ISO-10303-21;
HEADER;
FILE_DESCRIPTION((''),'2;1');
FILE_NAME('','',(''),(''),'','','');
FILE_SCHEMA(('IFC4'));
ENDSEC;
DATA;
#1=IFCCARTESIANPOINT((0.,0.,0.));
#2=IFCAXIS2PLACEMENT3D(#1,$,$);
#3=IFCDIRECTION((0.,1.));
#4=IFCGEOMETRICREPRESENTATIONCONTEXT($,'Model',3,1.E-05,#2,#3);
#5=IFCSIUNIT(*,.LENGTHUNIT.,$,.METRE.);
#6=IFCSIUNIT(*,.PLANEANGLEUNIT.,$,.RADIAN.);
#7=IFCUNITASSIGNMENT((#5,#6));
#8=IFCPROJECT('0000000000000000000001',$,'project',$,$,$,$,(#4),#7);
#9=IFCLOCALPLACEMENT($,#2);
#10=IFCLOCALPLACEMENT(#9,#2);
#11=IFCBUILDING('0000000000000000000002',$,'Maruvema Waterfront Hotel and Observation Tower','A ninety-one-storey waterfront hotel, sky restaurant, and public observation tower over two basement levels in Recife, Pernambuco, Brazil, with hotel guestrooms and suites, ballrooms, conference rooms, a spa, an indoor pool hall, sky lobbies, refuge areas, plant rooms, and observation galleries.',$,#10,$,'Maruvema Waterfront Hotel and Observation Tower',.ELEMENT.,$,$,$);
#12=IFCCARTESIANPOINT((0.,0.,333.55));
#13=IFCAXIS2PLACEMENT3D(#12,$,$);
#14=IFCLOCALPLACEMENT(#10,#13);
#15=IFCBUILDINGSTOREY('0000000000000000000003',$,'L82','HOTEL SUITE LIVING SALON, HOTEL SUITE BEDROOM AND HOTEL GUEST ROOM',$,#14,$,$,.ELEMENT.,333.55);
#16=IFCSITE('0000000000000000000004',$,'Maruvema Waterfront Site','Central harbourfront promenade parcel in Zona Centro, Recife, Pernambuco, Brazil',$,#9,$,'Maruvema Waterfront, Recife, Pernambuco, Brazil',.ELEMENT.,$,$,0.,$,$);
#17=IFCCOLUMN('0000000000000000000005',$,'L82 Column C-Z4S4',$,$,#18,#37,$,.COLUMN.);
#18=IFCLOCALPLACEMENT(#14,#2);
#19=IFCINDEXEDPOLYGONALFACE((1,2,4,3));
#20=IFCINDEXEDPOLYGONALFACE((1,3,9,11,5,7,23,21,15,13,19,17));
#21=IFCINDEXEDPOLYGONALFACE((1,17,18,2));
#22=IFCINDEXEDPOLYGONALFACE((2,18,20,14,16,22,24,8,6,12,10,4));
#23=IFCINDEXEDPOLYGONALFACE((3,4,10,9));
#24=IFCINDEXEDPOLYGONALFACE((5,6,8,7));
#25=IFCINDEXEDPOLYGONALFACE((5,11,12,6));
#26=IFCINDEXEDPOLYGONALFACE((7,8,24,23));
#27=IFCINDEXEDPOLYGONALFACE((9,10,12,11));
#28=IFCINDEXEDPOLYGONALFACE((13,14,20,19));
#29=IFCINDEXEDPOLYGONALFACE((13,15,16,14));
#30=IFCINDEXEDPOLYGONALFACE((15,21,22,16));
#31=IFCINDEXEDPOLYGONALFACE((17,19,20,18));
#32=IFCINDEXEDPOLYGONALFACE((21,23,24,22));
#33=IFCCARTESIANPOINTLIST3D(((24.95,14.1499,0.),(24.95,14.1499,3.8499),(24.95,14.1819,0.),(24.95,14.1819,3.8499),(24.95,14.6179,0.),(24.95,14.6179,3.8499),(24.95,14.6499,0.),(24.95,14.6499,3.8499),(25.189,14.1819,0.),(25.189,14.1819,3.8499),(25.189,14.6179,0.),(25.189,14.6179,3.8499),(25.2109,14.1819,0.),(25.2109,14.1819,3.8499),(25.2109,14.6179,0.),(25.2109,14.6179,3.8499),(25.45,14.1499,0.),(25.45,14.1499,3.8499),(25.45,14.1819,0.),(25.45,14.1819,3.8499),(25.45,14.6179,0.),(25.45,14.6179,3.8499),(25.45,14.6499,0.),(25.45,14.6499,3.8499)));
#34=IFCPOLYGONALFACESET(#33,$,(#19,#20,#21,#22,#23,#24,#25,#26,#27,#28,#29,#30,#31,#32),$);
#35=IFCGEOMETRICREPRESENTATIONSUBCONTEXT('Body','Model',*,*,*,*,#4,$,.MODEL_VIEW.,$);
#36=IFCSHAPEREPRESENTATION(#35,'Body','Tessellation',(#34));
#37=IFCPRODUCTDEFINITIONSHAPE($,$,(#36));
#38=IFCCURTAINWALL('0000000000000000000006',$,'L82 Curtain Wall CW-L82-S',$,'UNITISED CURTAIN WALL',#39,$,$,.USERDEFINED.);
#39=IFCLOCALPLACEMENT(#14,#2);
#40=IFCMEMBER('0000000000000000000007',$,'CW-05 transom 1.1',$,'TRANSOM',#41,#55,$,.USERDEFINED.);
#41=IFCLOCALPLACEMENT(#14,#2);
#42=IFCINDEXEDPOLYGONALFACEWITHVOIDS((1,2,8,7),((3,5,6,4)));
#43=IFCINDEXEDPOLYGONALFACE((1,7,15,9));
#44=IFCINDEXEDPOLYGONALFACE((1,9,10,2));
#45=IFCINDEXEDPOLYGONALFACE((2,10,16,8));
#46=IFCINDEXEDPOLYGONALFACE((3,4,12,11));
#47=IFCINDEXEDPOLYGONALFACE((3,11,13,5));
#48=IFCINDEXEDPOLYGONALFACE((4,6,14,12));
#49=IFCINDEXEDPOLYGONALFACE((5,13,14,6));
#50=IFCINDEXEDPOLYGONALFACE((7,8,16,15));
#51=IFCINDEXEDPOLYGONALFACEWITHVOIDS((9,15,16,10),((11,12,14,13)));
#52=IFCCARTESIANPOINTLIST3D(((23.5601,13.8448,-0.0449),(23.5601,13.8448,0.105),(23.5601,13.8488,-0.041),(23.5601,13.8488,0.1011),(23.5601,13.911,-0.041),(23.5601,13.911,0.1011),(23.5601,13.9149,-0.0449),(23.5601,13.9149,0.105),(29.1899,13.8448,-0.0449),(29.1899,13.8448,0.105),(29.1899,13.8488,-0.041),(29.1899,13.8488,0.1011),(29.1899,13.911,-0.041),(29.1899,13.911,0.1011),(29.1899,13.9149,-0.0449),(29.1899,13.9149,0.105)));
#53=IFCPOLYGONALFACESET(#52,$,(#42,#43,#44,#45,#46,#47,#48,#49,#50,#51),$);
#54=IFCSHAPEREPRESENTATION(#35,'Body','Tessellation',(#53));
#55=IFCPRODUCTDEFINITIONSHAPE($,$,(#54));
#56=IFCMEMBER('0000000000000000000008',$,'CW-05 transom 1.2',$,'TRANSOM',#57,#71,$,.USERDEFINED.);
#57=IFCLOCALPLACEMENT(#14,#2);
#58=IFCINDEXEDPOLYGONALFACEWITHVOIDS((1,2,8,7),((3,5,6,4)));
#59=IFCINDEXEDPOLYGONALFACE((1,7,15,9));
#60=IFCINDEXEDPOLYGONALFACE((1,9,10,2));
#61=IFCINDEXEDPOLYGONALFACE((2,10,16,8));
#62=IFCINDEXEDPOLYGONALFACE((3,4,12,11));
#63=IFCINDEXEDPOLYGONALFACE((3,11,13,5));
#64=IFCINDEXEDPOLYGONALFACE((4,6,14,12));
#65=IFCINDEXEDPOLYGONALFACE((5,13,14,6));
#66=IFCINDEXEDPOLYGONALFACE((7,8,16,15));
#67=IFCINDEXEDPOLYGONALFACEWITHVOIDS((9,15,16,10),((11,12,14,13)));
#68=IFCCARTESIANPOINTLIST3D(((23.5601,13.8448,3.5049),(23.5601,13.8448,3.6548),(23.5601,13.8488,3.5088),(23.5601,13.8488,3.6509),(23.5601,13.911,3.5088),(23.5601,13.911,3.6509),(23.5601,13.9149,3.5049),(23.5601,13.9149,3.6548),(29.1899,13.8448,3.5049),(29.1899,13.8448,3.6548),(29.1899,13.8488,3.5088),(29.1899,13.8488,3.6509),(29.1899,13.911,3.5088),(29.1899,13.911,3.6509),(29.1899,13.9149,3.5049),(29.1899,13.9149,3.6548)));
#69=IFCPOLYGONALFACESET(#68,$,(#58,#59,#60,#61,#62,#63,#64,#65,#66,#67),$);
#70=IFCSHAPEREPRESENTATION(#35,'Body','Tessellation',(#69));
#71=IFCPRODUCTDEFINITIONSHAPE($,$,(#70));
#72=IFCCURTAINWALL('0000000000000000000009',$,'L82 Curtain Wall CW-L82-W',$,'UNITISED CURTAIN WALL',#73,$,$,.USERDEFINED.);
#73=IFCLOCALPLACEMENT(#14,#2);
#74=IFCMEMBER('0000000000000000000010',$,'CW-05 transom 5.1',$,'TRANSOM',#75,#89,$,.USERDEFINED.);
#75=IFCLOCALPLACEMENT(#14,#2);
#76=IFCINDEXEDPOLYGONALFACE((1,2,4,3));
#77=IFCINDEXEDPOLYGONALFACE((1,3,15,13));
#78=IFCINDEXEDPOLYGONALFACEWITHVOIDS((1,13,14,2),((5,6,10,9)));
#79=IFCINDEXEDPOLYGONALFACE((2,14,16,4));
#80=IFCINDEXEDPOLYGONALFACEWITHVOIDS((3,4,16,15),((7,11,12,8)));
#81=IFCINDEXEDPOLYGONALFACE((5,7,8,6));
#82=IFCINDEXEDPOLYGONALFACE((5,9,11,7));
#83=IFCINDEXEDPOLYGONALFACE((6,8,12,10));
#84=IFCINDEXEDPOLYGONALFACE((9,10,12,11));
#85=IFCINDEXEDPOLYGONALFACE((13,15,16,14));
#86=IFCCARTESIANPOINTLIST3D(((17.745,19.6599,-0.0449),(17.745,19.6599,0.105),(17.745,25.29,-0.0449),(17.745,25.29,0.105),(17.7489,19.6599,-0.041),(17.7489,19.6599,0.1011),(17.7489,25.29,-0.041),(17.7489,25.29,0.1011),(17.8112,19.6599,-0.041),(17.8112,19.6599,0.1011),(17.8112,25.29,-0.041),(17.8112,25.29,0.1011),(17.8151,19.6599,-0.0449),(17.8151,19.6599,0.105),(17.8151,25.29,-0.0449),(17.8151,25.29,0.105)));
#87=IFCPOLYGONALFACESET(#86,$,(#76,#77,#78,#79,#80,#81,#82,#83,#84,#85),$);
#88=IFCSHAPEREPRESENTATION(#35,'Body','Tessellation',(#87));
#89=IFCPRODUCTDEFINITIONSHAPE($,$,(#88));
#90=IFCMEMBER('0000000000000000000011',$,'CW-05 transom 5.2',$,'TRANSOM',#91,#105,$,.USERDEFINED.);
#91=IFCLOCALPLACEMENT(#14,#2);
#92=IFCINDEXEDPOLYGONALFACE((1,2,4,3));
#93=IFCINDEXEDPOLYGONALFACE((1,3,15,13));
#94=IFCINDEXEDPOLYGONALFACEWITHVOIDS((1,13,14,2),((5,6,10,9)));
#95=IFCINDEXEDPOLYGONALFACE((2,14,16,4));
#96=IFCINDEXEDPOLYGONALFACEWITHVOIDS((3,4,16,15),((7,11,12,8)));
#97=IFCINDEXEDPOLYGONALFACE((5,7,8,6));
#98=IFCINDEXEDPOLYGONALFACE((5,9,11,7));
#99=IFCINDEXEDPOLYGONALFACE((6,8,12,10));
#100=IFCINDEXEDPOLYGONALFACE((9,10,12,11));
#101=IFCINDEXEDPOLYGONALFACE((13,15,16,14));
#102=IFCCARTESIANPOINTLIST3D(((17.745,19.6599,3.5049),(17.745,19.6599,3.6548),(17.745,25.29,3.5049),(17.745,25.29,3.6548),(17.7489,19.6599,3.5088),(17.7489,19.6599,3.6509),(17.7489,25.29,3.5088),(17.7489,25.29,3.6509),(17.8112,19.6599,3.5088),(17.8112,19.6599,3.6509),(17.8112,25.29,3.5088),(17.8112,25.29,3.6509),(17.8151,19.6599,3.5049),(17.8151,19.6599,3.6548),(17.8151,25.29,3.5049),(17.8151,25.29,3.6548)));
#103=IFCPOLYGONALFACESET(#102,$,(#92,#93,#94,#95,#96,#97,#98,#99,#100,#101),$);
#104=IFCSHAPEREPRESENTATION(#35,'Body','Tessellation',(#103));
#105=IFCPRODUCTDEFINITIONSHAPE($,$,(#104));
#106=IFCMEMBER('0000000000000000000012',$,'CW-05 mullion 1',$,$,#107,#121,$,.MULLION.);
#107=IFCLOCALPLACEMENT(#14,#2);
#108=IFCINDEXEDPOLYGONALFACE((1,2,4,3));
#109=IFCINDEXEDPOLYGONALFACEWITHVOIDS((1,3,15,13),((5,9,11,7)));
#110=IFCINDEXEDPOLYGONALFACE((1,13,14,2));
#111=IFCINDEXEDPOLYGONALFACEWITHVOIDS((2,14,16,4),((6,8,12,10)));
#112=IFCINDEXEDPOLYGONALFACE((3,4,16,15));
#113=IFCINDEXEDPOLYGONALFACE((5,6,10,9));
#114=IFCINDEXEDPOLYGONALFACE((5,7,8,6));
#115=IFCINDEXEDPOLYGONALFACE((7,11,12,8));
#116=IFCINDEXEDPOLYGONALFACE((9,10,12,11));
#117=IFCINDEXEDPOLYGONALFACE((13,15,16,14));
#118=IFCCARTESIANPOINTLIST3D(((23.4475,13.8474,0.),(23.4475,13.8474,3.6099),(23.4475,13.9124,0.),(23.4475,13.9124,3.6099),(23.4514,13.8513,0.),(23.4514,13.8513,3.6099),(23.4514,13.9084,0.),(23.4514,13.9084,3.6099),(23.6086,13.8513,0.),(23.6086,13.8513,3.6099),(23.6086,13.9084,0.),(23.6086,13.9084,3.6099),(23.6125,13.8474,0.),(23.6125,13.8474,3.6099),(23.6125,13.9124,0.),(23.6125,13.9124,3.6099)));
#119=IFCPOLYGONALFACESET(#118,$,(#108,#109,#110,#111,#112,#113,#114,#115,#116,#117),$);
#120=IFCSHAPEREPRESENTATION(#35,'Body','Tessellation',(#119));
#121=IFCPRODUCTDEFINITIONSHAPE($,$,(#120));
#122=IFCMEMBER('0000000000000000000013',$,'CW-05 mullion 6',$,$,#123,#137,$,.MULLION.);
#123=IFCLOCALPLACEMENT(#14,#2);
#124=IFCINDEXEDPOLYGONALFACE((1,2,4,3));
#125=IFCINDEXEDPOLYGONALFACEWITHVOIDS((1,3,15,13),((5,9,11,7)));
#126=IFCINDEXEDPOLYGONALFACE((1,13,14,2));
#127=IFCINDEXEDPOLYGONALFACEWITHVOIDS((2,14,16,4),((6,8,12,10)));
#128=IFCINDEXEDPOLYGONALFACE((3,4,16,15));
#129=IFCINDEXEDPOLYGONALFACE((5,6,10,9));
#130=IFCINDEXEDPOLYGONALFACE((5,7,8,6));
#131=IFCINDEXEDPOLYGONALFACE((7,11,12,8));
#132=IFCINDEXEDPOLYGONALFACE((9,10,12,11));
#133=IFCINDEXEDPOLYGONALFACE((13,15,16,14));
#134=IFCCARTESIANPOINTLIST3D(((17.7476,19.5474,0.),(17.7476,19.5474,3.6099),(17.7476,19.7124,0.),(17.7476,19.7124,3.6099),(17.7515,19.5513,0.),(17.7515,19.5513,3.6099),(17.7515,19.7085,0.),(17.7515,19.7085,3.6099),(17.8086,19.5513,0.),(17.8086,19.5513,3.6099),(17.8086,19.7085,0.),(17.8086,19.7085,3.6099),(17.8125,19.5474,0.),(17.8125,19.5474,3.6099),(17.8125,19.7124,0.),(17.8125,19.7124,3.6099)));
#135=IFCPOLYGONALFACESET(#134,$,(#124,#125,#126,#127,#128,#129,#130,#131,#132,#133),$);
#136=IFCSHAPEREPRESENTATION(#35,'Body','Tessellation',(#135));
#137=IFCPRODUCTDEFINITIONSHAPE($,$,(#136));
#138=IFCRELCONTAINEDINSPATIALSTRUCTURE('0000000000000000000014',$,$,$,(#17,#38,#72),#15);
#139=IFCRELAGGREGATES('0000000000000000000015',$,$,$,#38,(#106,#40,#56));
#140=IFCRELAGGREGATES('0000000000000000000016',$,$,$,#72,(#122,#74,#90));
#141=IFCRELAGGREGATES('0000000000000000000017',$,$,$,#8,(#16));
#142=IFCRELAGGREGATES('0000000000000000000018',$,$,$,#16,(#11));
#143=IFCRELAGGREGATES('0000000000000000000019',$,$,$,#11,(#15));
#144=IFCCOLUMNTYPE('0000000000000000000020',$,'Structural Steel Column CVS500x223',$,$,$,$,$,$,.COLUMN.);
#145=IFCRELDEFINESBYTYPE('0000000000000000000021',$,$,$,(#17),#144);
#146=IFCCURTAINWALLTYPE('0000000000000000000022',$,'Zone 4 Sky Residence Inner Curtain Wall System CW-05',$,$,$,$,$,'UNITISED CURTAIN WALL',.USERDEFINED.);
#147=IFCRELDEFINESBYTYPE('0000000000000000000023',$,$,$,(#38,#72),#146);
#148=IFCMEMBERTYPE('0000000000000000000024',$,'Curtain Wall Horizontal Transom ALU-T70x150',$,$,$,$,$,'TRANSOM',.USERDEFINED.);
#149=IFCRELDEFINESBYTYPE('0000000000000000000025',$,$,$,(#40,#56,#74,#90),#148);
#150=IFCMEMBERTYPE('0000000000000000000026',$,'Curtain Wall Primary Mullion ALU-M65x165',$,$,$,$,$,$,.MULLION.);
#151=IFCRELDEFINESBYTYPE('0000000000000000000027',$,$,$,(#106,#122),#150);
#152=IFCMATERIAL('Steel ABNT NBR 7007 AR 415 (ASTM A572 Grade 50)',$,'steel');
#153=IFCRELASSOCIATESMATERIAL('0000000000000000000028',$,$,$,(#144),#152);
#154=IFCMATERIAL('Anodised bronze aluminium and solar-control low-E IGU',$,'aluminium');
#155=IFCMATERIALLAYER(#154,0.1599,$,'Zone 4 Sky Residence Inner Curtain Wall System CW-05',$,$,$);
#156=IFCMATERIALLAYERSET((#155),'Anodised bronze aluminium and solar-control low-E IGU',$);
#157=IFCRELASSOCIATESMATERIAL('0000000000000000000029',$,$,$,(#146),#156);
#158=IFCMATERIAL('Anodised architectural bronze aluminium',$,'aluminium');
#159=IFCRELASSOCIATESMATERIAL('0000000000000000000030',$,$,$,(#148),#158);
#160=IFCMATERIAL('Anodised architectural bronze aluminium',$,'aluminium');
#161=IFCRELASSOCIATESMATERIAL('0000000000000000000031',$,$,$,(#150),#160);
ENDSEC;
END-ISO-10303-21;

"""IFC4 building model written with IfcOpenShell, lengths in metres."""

from ifc_helpers import new_model, si_unit, direction, frame, origin, origin_2d, place, context, subcontext, project, spatial, hollow_rectangle, i_section, extrude, material, layer, layer_set, material_profile, profile_set, type_object, element, aggregate, save


model = new_model("IFC4")

# Units and contexts
model_context = context("Model", 3, precision=1e-05, world=origin(), true_north=direction((0.0, 1.0)))
body_context = subcontext(model_context, "Body", "Model", "MODEL_VIEW")
ifc_project = project(units=[si_unit("LENGTHUNIT", "METRE"), si_unit("PLANEANGLEUNIT", "RADIAN")], contexts=[model_context])

# Site, building, storey
site_placement = place(None, origin())
site = spatial("IfcSite", under=ifc_project, at=site_placement, Name="Maruvema Waterfront Site", Description="Central harbourfront promenade parcel in Zona Centro, Recife, Pernambuco, Brazil", LongName="Maruvema Waterfront, Recife, Pernambuco, Brazil", CompositionType="ELEMENT", RefElevation=0.0)
building_placement = place(site_placement, origin())
building = spatial("IfcBuilding", under=site, at=building_placement, Name="Maruvema Waterfront Hotel and Observation Tower", Description="A ninety-one-storey waterfront hotel, sky restaurant, and public observation tower over two basement levels in Recife, Pernambuco, Brazil, with hotel guestrooms and suites, ballrooms, conference rooms, a spa, an indoor pool hall, sky lobbies, refuge areas, plant rooms, and observation galleries.", LongName="Maruvema Waterfront Hotel and Observation Tower", CompositionType="ELEMENT")
storey_placement = place(building_placement, frame((0.0, 0.0, 333.55)))
storey = spatial("IfcBuildingStorey", under=building, at=storey_placement, Name="L82", Description="HOTEL SUITE LIVING SALON, HOTEL SUITE BEDROOM AND HOTEL GUEST ROOM", CompositionType="ELEMENT", Elevation=333.55)

# Column
ifc_material_1 = material(Name="Steel ABNT NBR 7007 AR 415 (ASTM A572 Grade 50)", Category="steel")
ifc_material_profile_1 = material_profile(ifc_material_1, i_section(OverallWidth=0.5, OverallDepth=0.5, WebThickness=0.022, FlangeThickness=0.032, at=origin_2d()), Name="CVS500x223")
ifc_profile_set_1 = profile_set([ifc_material_profile_1], Name="Steel ABNT NBR 7007 AR 415 (ASTM A572 Grade 50)")
column_type = type_object("IfcColumnType", Name="Structural Steel Column CVS500x223", PredefinedType="COLUMN", material=ifc_profile_set_1)
column_placement = place(storey_placement, frame((25.2, 14.3999, 0.0), z_axis=(0.0, 0.0, 1.0), x_axis=(1.0, 0.0, 0.0)))
element("IfcColumn", 1, at=column_placement, inside=storey, type_object=column_type, Name="L82 Column C-Z4S4", PredefinedType="COLUMN", context=body_context, shape_type="SweptSolid", body=[
    extrude(i_section(OverallWidth=0.5, OverallDepth=0.5, WebThickness=0.022, FlangeThickness=0.032, at=origin_2d()), origin(), (0.0, 0.0, 1.0), 3.8499),
])

# Curtain walls, members
ifc_material_2 = material(Name="Anodised bronze aluminium and solar-control low-E IGU", Category="aluminium")
ifc_layer_1 = layer(ifc_material_2, 0.1599, Name="Zone 4 Sky Residence Inner Curtain Wall System CW-05")
ifc_layer_set_1 = layer_set([ifc_layer_1], Name="Anodised bronze aluminium and solar-control low-E IGU")
curtain_wall_type = type_object("IfcCurtainWallType", Name="Zone 4 Sky Residence Inner Curtain Wall System CW-05", ElementType="UNITISED CURTAIN WALL", PredefinedType="USERDEFINED", material=ifc_layer_set_1)
curtain_wall_1_placement = place(storey_placement, origin())
curtain_wall_1 = element("IfcCurtainWall", 2, at=curtain_wall_1_placement, inside=storey, type_object=curtain_wall_type, Name="L82 Curtain Wall CW-L82-S", ObjectType="UNITISED CURTAIN WALL", PredefinedType="USERDEFINED")
ifc_material_3 = material(Name="Anodised architectural bronze aluminium", Category="aluminium")
ifc_material_profile_2 = material_profile(ifc_material_3, hollow_rectangle(XDim=0.0701, YDim=0.1499, WallThickness=0.0039, at=origin_2d()), Name="ALU-T70x150")
ifc_profile_set_2 = profile_set([ifc_material_profile_2], Name="Anodised architectural bronze aluminium")
member_type_1 = type_object("IfcMemberType", Name="Curtain Wall Horizontal Transom ALU-T70x150", ElementType="TRANSOM", PredefinedType="USERDEFINED", material=ifc_profile_set_2)
member_1_placement = place(storey_placement, frame((23.5601, 13.8799, 0.03), z_axis=(1.0, 0.0, 0.0), x_axis=(0.0, 1.0, 0.0)))
member_1 = element("IfcMember", 3, at=member_1_placement, type_object=member_type_1, Name="CW-05 transom 1.1", ObjectType="TRANSOM", PredefinedType="USERDEFINED", context=body_context, shape_type="SweptSolid", body=[
    extrude(hollow_rectangle(XDim=0.0701, YDim=0.1499, WallThickness=0.0039, at=origin_2d()), origin(), (0.0, 0.0, 1.0), 5.6299),
])
member_2_placement = place(storey_placement, frame((23.5601, 13.8799, 3.5798), z_axis=(1.0, 0.0, 0.0), x_axis=(0.0, 1.0, 0.0)))
member_2 = element("IfcMember", 4, at=member_2_placement, type_object=member_type_1, Name="CW-05 transom 1.2", ObjectType="TRANSOM", PredefinedType="USERDEFINED", context=body_context, shape_type="SweptSolid", body=[
    extrude(hollow_rectangle(XDim=0.0701, YDim=0.1499, WallThickness=0.0039, at=origin_2d()), origin(), (0.0, 0.0, 1.0), 5.6299),
])
curtain_wall_2_placement = place(storey_placement, origin())
curtain_wall_2 = element("IfcCurtainWall", 5, at=curtain_wall_2_placement, inside=storey, type_object=curtain_wall_type, Name="L82 Curtain Wall CW-L82-W", ObjectType="UNITISED CURTAIN WALL", PredefinedType="USERDEFINED")
member_3_placement = place(storey_placement, frame((17.78, 25.29, 0.03), z_axis=(0.0, -1.0, 0.0), x_axis=(1.0, 0.0, 0.0)))
member_3 = element("IfcMember", 6, at=member_3_placement, type_object=member_type_1, Name="CW-05 transom 5.1", ObjectType="TRANSOM", PredefinedType="USERDEFINED", context=body_context, shape_type="SweptSolid", body=[
    extrude(hollow_rectangle(XDim=0.0701, YDim=0.1499, WallThickness=0.0039, at=origin_2d()), origin(), (0.0, 0.0, 1.0), 5.6301),
])
member_4_placement = place(storey_placement, frame((17.78, 25.29, 3.5798), z_axis=(0.0, -1.0, 0.0), x_axis=(1.0, 0.0, 0.0)))
member_4 = element("IfcMember", 7, at=member_4_placement, type_object=member_type_1, Name="CW-05 transom 5.2", ObjectType="TRANSOM", PredefinedType="USERDEFINED", context=body_context, shape_type="SweptSolid", body=[
    extrude(hollow_rectangle(XDim=0.0701, YDim=0.1499, WallThickness=0.0039, at=origin_2d()), origin(), (0.0, 0.0, 1.0), 5.6301),
])

# Members
ifc_material_4 = material(Name="Anodised architectural bronze aluminium", Category="aluminium")
ifc_material_profile_3 = material_profile(ifc_material_4, hollow_rectangle(XDim=0.0649, YDim=0.165, WallThickness=0.0039, at=origin_2d()), Name="ALU-M65x165")
ifc_profile_set_3 = profile_set([ifc_material_profile_3], Name="Anodised architectural bronze aluminium")
member_type_2 = type_object("IfcMemberType", Name="Curtain Wall Primary Mullion ALU-M65x165", PredefinedType="MULLION", material=ifc_profile_set_3)
member_5_placement = place(storey_placement, frame((23.53, 13.8799, 0.0), z_axis=(0.0, 0.0, 1.0), x_axis=(0.0, 1.0, 0.0)))
member_5 = element("IfcMember", 8, at=member_5_placement, type_object=member_type_2, Name="CW-05 mullion 1", PredefinedType="MULLION", context=body_context, shape_type="SweptSolid", body=[
    extrude(hollow_rectangle(XDim=0.0649, YDim=0.165, WallThickness=0.0039, at=origin_2d()), origin(), (0.0, 0.0, 1.0), 3.6099),
])
aggregate(curtain_wall_1, [member_5, member_1, member_2])
member_6_placement = place(storey_placement, frame((17.78, 19.6299, 0.0), z_axis=(0.0, 0.0, 1.0), x_axis=(1.0, 0.0, 0.0)))
member_6 = element("IfcMember", 9, at=member_6_placement, type_object=member_type_2, Name="CW-05 mullion 6", PredefinedType="MULLION", context=body_context, shape_type="SweptSolid", body=[
    extrude(hollow_rectangle(XDim=0.0649, YDim=0.165, WallThickness=0.0039, at=origin_2d()), origin(), (0.0, 0.0, 1.0), 3.6099),
])

aggregate(curtain_wall_2, [member_6, member_3, member_4])

save(model, "model.ifc")
